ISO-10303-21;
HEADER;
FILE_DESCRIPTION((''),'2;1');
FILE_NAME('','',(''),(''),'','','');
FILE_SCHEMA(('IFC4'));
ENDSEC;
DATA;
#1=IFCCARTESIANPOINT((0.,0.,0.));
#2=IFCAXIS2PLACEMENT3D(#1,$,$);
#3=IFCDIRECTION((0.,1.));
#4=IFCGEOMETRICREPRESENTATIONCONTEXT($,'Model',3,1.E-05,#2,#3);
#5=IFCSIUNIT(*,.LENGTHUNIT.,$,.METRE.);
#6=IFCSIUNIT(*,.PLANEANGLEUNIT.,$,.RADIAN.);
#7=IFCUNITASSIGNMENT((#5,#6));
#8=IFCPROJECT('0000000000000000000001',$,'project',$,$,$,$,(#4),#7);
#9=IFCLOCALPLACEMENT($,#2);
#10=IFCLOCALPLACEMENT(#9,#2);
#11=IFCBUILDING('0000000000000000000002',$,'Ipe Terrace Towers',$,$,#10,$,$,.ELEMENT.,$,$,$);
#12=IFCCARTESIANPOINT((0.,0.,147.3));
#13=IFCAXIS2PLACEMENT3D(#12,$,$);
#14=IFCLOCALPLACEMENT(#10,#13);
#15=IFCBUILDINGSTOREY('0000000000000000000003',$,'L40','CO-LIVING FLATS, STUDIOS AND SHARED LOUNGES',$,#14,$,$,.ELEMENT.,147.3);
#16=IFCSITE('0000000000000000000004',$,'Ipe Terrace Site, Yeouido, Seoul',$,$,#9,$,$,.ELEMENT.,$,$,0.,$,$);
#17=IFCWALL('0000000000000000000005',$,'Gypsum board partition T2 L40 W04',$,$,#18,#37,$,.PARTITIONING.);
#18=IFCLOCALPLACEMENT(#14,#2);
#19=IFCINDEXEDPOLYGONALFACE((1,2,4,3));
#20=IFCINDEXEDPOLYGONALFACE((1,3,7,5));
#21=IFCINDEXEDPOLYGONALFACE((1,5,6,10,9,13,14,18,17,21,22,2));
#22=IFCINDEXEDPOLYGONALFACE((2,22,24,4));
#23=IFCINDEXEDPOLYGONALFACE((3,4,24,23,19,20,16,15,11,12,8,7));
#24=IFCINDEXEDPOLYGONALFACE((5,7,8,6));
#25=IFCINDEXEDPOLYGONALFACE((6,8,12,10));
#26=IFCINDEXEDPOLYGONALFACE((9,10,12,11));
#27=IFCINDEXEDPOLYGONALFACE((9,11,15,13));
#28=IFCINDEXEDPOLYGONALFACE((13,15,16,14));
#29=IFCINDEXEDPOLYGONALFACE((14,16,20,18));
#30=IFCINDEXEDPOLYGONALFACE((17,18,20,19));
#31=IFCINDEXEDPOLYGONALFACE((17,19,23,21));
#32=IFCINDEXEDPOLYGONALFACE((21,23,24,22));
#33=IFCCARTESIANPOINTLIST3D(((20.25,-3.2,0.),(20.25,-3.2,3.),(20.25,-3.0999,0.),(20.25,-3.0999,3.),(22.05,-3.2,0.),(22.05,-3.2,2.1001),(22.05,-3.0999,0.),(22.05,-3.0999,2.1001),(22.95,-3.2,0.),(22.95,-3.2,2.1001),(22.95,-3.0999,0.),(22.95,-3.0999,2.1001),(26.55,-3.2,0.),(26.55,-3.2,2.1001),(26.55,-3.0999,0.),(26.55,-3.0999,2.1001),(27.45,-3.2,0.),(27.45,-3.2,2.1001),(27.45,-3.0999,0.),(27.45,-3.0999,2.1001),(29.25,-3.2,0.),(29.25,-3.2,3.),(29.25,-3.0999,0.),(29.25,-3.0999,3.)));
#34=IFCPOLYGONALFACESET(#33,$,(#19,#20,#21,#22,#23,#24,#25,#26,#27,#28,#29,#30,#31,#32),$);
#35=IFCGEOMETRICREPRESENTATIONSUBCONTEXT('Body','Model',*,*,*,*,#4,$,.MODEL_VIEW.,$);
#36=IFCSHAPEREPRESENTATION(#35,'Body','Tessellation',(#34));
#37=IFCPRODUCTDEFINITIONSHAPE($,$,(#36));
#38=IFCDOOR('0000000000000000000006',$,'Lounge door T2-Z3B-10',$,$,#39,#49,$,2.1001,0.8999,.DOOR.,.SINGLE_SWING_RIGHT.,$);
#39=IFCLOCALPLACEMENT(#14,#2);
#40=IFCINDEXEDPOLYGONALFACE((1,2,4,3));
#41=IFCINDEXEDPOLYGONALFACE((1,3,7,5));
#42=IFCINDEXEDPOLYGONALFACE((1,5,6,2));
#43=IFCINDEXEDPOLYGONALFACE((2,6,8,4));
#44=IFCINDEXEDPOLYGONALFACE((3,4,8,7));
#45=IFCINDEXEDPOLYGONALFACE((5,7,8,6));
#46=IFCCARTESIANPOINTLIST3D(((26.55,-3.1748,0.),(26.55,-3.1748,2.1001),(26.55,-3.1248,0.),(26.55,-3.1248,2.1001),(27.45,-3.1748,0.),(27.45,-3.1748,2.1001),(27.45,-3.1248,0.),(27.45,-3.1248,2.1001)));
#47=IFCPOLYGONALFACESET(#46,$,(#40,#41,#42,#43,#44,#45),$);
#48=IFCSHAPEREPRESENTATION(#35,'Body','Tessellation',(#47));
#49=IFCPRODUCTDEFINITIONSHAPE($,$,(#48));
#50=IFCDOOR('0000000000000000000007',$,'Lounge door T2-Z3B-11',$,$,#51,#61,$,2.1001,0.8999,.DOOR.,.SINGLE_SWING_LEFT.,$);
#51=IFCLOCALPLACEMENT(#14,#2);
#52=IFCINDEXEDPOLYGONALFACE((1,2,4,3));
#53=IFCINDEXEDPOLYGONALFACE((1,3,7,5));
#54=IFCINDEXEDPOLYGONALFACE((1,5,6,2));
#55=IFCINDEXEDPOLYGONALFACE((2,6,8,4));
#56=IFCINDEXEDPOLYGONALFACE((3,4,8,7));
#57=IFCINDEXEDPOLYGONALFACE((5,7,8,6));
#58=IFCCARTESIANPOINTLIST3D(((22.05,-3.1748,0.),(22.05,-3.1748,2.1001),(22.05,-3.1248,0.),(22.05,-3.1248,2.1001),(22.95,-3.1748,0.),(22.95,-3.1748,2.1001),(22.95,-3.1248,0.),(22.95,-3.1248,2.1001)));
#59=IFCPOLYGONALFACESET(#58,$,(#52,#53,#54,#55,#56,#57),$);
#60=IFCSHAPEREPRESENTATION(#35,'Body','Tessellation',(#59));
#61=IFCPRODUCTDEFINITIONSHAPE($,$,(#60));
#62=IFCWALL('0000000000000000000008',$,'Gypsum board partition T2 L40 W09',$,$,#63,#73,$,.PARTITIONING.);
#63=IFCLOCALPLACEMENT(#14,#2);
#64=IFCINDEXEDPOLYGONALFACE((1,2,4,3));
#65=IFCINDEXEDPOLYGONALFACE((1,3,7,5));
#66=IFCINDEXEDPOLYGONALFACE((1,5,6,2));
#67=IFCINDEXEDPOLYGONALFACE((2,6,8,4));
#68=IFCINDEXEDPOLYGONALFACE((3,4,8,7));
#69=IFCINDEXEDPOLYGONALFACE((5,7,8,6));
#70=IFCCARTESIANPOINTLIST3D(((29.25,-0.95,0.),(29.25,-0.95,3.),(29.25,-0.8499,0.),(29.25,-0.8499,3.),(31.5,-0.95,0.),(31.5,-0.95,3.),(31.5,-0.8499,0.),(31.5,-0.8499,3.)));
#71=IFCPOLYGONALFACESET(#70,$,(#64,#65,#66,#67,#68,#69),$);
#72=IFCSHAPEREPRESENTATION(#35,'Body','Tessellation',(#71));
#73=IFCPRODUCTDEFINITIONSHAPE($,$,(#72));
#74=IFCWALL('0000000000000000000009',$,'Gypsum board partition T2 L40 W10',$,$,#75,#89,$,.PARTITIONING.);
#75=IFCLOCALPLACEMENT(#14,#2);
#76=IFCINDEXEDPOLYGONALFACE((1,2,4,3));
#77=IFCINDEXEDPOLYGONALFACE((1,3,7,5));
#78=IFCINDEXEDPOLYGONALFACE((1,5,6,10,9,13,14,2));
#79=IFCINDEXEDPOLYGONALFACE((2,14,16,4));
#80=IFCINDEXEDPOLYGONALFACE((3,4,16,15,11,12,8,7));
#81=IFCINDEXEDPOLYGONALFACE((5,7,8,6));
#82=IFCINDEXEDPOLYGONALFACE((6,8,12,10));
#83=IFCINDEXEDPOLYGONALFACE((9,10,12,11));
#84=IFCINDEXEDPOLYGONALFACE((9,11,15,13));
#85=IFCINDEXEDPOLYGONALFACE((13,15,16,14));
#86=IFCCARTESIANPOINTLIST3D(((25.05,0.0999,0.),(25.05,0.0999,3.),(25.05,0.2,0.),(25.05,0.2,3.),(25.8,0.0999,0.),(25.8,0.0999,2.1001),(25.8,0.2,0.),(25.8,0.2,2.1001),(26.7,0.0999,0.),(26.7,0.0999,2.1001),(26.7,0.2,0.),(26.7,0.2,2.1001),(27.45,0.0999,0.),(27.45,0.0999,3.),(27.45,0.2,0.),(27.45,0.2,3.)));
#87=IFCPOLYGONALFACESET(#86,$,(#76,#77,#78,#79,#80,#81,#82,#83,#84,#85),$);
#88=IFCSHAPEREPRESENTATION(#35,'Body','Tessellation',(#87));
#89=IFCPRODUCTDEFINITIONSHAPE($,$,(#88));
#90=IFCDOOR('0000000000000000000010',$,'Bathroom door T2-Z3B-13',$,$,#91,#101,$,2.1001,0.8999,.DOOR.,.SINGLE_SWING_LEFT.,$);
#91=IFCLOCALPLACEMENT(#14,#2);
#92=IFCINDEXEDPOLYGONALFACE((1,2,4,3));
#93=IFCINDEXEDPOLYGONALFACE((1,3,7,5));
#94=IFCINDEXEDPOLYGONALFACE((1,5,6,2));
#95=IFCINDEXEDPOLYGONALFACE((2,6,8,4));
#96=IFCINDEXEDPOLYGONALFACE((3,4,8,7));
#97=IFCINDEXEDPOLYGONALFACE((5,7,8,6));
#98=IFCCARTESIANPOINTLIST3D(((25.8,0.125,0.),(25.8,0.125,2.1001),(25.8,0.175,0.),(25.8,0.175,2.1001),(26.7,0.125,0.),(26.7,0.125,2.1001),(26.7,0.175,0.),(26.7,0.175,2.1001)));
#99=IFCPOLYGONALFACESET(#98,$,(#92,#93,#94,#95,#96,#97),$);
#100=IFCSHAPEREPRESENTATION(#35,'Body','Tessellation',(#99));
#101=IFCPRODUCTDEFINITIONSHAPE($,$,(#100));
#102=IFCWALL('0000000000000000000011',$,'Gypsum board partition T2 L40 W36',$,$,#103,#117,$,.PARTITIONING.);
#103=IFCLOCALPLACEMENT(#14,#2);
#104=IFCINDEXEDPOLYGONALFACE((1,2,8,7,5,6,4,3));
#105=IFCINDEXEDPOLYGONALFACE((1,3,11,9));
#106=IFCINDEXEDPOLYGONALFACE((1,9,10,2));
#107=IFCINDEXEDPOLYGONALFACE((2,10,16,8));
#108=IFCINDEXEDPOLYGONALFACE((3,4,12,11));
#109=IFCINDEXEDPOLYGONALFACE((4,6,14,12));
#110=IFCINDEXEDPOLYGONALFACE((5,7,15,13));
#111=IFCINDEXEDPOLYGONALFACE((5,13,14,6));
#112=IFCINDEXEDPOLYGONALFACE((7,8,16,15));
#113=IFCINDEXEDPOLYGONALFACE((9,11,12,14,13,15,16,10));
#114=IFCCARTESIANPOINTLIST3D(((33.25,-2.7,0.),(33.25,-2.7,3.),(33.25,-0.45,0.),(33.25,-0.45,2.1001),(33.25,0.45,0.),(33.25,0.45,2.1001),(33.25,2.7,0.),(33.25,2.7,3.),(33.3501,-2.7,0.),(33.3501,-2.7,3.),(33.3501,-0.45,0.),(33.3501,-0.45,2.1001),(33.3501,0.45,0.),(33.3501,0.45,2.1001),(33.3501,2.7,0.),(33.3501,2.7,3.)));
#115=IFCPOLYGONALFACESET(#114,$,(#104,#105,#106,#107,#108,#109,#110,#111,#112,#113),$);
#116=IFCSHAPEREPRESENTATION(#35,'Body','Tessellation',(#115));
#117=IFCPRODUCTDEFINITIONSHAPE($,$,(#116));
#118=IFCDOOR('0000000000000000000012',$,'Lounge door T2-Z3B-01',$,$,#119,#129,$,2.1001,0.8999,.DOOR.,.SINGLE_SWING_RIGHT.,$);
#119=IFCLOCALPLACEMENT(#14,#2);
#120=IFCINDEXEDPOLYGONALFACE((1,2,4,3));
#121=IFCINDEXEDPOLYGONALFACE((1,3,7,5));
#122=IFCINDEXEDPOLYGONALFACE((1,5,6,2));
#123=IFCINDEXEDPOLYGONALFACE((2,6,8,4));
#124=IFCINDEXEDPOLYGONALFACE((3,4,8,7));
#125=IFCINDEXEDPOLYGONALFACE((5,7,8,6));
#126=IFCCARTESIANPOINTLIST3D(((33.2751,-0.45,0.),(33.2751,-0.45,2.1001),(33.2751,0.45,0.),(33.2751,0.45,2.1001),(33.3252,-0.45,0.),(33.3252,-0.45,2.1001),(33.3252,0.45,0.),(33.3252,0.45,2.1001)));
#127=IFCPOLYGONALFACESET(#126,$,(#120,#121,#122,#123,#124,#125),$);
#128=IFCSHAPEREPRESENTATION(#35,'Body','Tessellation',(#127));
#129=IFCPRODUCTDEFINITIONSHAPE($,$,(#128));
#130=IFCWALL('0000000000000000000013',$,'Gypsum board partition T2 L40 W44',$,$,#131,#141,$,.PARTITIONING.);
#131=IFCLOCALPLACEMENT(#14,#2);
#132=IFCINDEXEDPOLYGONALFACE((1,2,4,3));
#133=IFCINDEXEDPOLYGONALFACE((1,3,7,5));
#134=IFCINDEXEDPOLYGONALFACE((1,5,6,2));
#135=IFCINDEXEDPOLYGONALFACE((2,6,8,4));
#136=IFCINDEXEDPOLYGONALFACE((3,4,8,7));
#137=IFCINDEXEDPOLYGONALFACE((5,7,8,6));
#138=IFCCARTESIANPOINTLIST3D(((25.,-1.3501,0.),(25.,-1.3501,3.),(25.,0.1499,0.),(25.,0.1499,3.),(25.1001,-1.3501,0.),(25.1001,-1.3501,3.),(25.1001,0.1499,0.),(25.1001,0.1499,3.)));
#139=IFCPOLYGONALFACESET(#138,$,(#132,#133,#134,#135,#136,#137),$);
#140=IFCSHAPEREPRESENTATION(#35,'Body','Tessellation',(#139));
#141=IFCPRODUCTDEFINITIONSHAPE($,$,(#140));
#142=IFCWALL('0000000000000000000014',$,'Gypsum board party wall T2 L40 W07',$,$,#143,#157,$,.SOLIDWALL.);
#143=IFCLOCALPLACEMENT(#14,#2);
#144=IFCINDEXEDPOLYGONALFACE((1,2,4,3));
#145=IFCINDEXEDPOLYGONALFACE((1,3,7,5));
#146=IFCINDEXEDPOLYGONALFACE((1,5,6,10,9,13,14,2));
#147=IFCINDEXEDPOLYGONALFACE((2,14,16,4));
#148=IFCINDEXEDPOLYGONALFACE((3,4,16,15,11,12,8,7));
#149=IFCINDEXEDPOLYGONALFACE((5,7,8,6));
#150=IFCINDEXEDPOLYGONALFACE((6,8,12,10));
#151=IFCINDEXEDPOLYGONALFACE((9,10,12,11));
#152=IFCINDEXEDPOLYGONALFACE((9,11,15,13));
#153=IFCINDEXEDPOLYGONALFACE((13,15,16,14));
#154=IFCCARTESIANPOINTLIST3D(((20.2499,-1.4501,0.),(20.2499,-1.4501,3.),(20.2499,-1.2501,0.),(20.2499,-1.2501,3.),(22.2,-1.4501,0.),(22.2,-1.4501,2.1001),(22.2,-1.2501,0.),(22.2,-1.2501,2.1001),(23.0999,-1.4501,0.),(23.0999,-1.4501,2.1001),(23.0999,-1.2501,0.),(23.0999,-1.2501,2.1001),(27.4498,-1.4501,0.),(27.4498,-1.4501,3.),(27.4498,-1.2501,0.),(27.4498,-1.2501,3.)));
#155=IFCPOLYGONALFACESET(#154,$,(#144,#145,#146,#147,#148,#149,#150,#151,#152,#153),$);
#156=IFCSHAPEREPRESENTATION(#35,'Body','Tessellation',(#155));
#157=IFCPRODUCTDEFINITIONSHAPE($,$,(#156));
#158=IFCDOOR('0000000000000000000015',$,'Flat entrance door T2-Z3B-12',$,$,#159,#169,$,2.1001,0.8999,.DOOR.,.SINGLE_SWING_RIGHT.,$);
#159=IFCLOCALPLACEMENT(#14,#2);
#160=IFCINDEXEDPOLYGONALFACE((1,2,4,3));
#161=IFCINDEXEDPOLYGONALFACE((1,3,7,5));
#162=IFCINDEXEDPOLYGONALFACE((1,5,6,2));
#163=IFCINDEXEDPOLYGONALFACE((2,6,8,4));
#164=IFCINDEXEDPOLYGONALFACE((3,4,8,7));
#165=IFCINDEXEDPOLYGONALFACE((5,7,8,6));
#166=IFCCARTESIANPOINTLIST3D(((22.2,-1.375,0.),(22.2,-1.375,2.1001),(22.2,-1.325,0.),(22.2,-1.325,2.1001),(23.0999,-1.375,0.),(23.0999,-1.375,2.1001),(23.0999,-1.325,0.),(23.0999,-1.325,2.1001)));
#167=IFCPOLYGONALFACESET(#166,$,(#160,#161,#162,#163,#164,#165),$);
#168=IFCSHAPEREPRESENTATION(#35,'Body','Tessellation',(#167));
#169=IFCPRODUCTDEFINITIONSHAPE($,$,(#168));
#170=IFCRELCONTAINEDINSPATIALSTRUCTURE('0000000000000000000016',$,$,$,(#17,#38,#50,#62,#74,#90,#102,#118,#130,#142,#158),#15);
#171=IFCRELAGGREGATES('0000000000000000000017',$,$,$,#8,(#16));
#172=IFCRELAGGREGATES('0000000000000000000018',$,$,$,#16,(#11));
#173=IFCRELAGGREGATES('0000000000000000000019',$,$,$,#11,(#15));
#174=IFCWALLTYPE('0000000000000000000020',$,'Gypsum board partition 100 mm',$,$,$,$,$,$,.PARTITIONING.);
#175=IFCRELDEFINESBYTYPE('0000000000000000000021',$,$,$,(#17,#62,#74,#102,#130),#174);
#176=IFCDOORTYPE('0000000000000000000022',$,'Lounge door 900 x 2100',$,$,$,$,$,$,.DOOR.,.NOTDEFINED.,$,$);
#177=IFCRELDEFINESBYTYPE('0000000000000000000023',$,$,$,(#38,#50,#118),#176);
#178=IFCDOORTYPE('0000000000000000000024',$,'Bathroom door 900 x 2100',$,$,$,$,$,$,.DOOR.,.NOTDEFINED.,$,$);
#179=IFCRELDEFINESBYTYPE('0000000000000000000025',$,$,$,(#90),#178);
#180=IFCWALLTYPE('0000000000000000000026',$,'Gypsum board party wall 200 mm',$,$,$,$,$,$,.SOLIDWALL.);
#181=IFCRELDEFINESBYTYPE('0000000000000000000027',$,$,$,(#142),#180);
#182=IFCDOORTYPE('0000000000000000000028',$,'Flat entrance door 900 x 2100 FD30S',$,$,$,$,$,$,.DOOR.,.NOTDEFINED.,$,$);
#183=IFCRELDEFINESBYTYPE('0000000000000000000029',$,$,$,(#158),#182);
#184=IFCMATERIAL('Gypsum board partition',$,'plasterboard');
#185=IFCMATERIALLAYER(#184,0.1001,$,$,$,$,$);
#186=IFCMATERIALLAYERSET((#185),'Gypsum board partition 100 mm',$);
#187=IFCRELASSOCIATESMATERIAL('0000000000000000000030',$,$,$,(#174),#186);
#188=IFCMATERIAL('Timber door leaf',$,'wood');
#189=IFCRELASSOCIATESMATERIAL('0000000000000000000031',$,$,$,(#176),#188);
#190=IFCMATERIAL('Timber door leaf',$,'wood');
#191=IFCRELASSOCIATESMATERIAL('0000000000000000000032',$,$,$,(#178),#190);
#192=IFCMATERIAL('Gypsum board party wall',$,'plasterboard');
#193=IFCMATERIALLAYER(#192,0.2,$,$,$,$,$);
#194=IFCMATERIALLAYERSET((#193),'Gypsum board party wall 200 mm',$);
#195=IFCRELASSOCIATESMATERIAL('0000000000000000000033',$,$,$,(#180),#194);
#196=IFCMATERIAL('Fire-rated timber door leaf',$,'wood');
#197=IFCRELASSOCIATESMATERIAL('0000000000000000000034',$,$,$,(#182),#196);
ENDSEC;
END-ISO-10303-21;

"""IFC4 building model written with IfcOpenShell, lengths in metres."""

from ifc_helpers import new_model, si_unit, direction, frame, frame_2d, origin, place, context, subcontext, project, spatial, rectangle, extrude, material, layer, layer_set, type_object, element, fill, save


model = new_model("IFC4")

# Units and contexts
model_context = context("Model", 3, precision=1e-05, world=origin(), true_north=direction((0.0, 1.0)))
body_context = subcontext(model_context, "Body", "Model", "MODEL_VIEW")
ifc_project = project(units=[si_unit("LENGTHUNIT", "METRE"), si_unit("PLANEANGLEUNIT", "RADIAN")], contexts=[model_context])

# Site, building, storey
site_placement = place(None, origin())
site = spatial("IfcSite", under=ifc_project, at=site_placement, Name="Ipe Terrace Site, Yeouido, Seoul", CompositionType="ELEMENT", RefElevation=0.0)
building_placement = place(site_placement, origin())
building = spatial("IfcBuilding", under=site, at=building_placement, Name="Ipe Terrace Towers", CompositionType="ELEMENT")
storey_placement = place(building_placement, frame((0.0, 0.0, 147.3)))
storey = spatial("IfcBuildingStorey", under=building, at=storey_placement, Name="L40", Description="CO-LIVING FLATS, STUDIOS AND SHARED LOUNGES", CompositionType="ELEMENT", Elevation=147.3)

# Wall, openings, doors
ifc_material_1 = material(Name="Gypsum board partition", Category="plasterboard")
ifc_layer_1 = layer(ifc_material_1, 0.1001)
ifc_layer_set_1 = layer_set([ifc_layer_1], Name="Gypsum board partition 100 mm")
wall_type_1 = type_object("IfcWallType", Name="Gypsum board partition 100 mm", PredefinedType="PARTITIONING", material=ifc_layer_set_1)
wall_1_placement = place(storey_placement, frame((29.25, -3.1499, 0.0), z_axis=(0.0, 0.0, 1.0), x_axis=(-1.0, 0.0, 0.0)))
wall_1 = element("IfcWall", 1, at=wall_1_placement, inside=storey, type_object=wall_type_1, Name="Gypsum board partition T2 L40 W04", PredefinedType="PARTITIONING", context=body_context, shape_type="SweptSolid", body=[
    extrude(rectangle(XDim=9.0, YDim=0.1001, at=frame_2d((4.5, 0.0))), origin(), (0.0, 0.0, 1.0), 3.0),
])
opening_1_placement = place(wall_1_placement, frame((1.8, 0.0, 0.0)))
opening_1 = element("IfcOpeningElement", 2, at=opening_1_placement, cuts=wall_1, PredefinedType="OPENING", context=body_context, shape_type="SweptSolid", body=[
    extrude(rectangle(XDim=0.8999, YDim=2.1001, at=frame_2d((0.45, 1.05))), frame((0.0, 0.0601, 0.0), z_axis=(0.0, -1.0, 0.0), x_axis=(1.0, 0.0, 0.0)), (0.0, 0.0, 1.0), 0.1201),
])
opening_2_placement = place(wall_1_placement, frame((6.3, 0.0, 0.0)))
opening_2 = element("IfcOpeningElement", 3, at=opening_2_placement, cuts=wall_1, PredefinedType="OPENING", context=body_context, shape_type="SweptSolid", body=[
    extrude(rectangle(XDim=0.8999, YDim=2.1001, at=frame_2d((0.45, 1.05))), frame((0.0, 0.0601, 0.0), z_axis=(0.0, -1.0, 0.0), x_axis=(1.0, 0.0, 0.0)), (0.0, 0.0, 1.0), 0.1201),
])
ifc_material_2 = material(Name="Timber door leaf", Category="wood")
door_type_1 = type_object("IfcDoorType", Name="Lounge door 900 x 2100", OperationType="NOTDEFINED", PredefinedType="DOOR", material=ifc_material_2)
door_1_placement = place(opening_1_placement, origin())
door_1 = element("IfcDoor", 4, at=door_1_placement, inside=storey, type_object=door_type_1, Name="Lounge door T2-Z3B-10", OperationType="SINGLE_SWING_RIGHT", OverallHeight=2.1001, OverallWidth=0.8999, PredefinedType="DOOR", context=body_context, shape_type="SweptSolid", body=[
    extrude(rectangle(XDim=0.8999, YDim=2.1001, at=frame_2d((0.45, 1.05))), frame((0.0, 0.0249, 0.0), z_axis=(0.0, -1.0, 0.0), x_axis=(1.0, 0.0, 0.0)), (0.0, 0.0, 1.0), 0.05),
])
fill(opening_1, door_1)
door_2_placement = place(opening_2_placement, origin())
door_2 = element("IfcDoor", 5, at=door_2_placement, inside=storey, type_object=door_type_1, Name="Lounge door T2-Z3B-11", OperationType="SINGLE_SWING_LEFT", OverallHeight=2.1001, OverallWidth=0.8999, PredefinedType="DOOR", context=body_context, shape_type="SweptSolid", body=[
    extrude(rectangle(XDim=0.8999, YDim=2.1001, at=frame_2d((0.45, 1.05))), frame((0.0, 0.0249, 0.0), z_axis=(0.0, -1.0, 0.0), x_axis=(1.0, 0.0, 0.0)), (0.0, 0.0, 1.0), 0.05),
])
fill(opening_2, door_2)

# Wall
wall_2_placement = place(storey_placement, frame((31.5, -0.8999, 0.0), z_axis=(0.0, 0.0, 1.0), x_axis=(-1.0, 0.0, 0.0)))
element("IfcWall", 6, at=wall_2_placement, inside=storey, type_object=wall_type_1, Name="Gypsum board partition T2 L40 W09", PredefinedType="PARTITIONING", context=body_context, shape_type="SweptSolid", body=[
    extrude(rectangle(XDim=2.25, YDim=0.1001, at=frame_2d((1.125, 0.0))), origin(), (0.0, 0.0, 1.0), 3.0),
])

# Walls, openings, doors
wall_3_placement = place(storey_placement, frame((27.45, 0.1499, 0.0), z_axis=(0.0, 0.0, 1.0), x_axis=(-1.0, 0.0, 0.0)))
wall_3 = element("IfcWall", 7, at=wall_3_placement, inside=storey, type_object=wall_type_1, Name="Gypsum board partition T2 L40 W10", PredefinedType="PARTITIONING", context=body_context, shape_type="SweptSolid", body=[
    extrude(rectangle(XDim=2.3999, YDim=0.1001, at=frame_2d((1.2, 0.0))), origin(), (0.0, 0.0, 1.0), 3.0),
])
opening_3_placement = place(wall_3_placement, frame((0.75, 0.0, 0.0)))
opening_3 = element("IfcOpeningElement", 8, at=opening_3_placement, cuts=wall_3, PredefinedType="OPENING", context=body_context, shape_type="SweptSolid", body=[
    extrude(rectangle(XDim=0.8999, YDim=2.1001, at=frame_2d((0.45, 1.05))), frame((0.0, 0.0601, 0.0), z_axis=(0.0, -1.0, 0.0), x_axis=(1.0, 0.0, 0.0)), (0.0, 0.0, 1.0), 0.1201),
])
ifc_material_3 = material(Name="Timber door leaf", Category="wood")
door_type_2 = type_object("IfcDoorType", Name="Bathroom door 900 x 2100", OperationType="NOTDEFINED", PredefinedType="DOOR", material=ifc_material_3)
door_3_placement = place(opening_3_placement, origin())
door_3 = element("IfcDoor", 9, at=door_3_placement, inside=storey, type_object=door_type_2, Name="Bathroom door T2-Z3B-13", OperationType="SINGLE_SWING_LEFT", OverallHeight=2.1001, OverallWidth=0.8999, PredefinedType="DOOR", context=body_context, shape_type="SweptSolid", body=[
    extrude(rectangle(XDim=0.8999, YDim=2.1001, at=frame_2d((0.45, 1.05))), frame((0.0, 0.0249, 0.0), z_axis=(0.0, -1.0, 0.0), x_axis=(1.0, 0.0, 0.0)), (0.0, 0.0, 1.0), 0.05),
])
fill(opening_3, door_3)
wall_4_placement = place(storey_placement, frame((33.3, -2.7, 0.0), z_axis=(0.0, 0.0, 1.0), x_axis=(0.0, 1.0, 0.0)))
wall_4 = element("IfcWall", 10, at=wall_4_placement, inside=storey, type_object=wall_type_1, Name="Gypsum board partition T2 L40 W36", PredefinedType="PARTITIONING", context=body_context, shape_type="SweptSolid", body=[
    extrude(rectangle(XDim=5.3999, YDim=0.1001, at=frame_2d((2.7, 0.0))), origin(), (0.0, 0.0, 1.0), 3.0),
])
opening_4_placement = place(wall_4_placement, frame((2.25, 0.0, 0.0)))
opening_4 = element("IfcOpeningElement", 11, at=opening_4_placement, cuts=wall_4, PredefinedType="OPENING", context=body_context, shape_type="SweptSolid", body=[
    extrude(rectangle(XDim=0.8999, YDim=2.1001, at=frame_2d((0.45, 1.05))), frame((0.0, 0.0601, 0.0), z_axis=(0.0, -1.0, 0.0), x_axis=(1.0, 0.0, 0.0)), (0.0, 0.0, 1.0), 0.1201),
])
door_4_placement = place(opening_4_placement, origin())
door_4 = element("IfcDoor", 12, at=door_4_placement, inside=storey, type_object=door_type_1, Name="Lounge door T2-Z3B-01", OperationType="SINGLE_SWING_RIGHT", OverallHeight=2.1001, OverallWidth=0.8999, PredefinedType="DOOR", context=body_context, shape_type="SweptSolid", body=[
    extrude(rectangle(XDim=0.8999, YDim=2.1001, at=frame_2d((0.45, 1.05))), frame((0.0, 0.0249, 0.0), z_axis=(0.0, -1.0, 0.0), x_axis=(1.0, 0.0, 0.0)), (0.0, 0.0, 1.0), 0.05),
])
fill(opening_4, door_4)

# Wall
wall_5_placement = place(storey_placement, frame((25.05, -1.3501, 0.0), z_axis=(0.0, 0.0, 1.0), x_axis=(0.0, 1.0, 0.0)))
element("IfcWall", 13, at=wall_5_placement, inside=storey, type_object=wall_type_1, Name="Gypsum board partition T2 L40 W44", PredefinedType="PARTITIONING", context=body_context, shape_type="SweptSolid", body=[
    extrude(rectangle(XDim=1.5, YDim=0.1001, at=frame_2d((0.75, 0.0))), origin(), (0.0, 0.0, 1.0), 3.0),
])

# Wall, opening, door
ifc_material_4 = material(Name="Gypsum board party wall", Category="plasterboard")
ifc_layer_2 = layer(ifc_material_4, 0.2)
ifc_layer_set_2 = layer_set([ifc_layer_2], Name="Gypsum board party wall 200 mm")
wall_type_2 = type_object("IfcWallType", Name="Gypsum board party wall 200 mm", PredefinedType="SOLIDWALL", material=ifc_layer_set_2)
wall_6_placement = place(storey_placement, frame((27.45, -1.3501, 0.0), z_axis=(0.0, 0.0, 1.0), x_axis=(-1.0, 0.0, 0.0)))
wall_6 = element("IfcWall", 14, at=wall_6_placement, inside=storey, type_object=wall_type_2, Name="Gypsum board party wall T2 L40 W07", PredefinedType="SOLIDWALL", context=body_context, shape_type="SweptSolid", body=[
    extrude(rectangle(XDim=7.2, YDim=0.2, at=frame_2d((3.6001, 0.0))), origin(), (0.0, 0.0, 1.0), 3.0),
])
opening_5_placement = place(wall_6_placement, frame((4.3501, 0.0, 0.0)))
opening_5 = element("IfcOpeningElement", 15, at=opening_5_placement, cuts=wall_6, PredefinedType="OPENING", context=body_context, shape_type="SweptSolid", body=[
    extrude(rectangle(XDim=0.8999, YDim=2.1001, at=frame_2d((0.45, 1.05))), frame((0.0, 0.1099, 0.0), z_axis=(0.0, -1.0, 0.0), x_axis=(1.0, 0.0, 0.0)), (0.0, 0.0, 1.0), 0.22),
])
ifc_material_5 = material(Name="Fire-rated timber door leaf", Category="wood")
door_type_3 = type_object("IfcDoorType", Name="Flat entrance door 900 x 2100 FD30S", OperationType="NOTDEFINED", PredefinedType="DOOR", material=ifc_material_5)
door_5_placement = place(opening_5_placement, origin())
door_5 = element("IfcDoor", 16, at=door_5_placement, inside=storey, type_object=door_type_3, Name="Flat entrance door T2-Z3B-12", OperationType="SINGLE_SWING_RIGHT", OverallHeight=2.1001, OverallWidth=0.8999, PredefinedType="DOOR", context=body_context, shape_type="SweptSolid", body=[
    extrude(rectangle(XDim=0.8999, YDim=2.1001, at=frame_2d((0.45, 1.05))), frame((0.0, 0.0249, 0.0), z_axis=(0.0, -1.0, 0.0), x_axis=(1.0, 0.0, 0.0)), (0.0, 0.0, 1.0), 0.05),
])
fill(opening_5, door_5)

save(model, "model.ifc")
